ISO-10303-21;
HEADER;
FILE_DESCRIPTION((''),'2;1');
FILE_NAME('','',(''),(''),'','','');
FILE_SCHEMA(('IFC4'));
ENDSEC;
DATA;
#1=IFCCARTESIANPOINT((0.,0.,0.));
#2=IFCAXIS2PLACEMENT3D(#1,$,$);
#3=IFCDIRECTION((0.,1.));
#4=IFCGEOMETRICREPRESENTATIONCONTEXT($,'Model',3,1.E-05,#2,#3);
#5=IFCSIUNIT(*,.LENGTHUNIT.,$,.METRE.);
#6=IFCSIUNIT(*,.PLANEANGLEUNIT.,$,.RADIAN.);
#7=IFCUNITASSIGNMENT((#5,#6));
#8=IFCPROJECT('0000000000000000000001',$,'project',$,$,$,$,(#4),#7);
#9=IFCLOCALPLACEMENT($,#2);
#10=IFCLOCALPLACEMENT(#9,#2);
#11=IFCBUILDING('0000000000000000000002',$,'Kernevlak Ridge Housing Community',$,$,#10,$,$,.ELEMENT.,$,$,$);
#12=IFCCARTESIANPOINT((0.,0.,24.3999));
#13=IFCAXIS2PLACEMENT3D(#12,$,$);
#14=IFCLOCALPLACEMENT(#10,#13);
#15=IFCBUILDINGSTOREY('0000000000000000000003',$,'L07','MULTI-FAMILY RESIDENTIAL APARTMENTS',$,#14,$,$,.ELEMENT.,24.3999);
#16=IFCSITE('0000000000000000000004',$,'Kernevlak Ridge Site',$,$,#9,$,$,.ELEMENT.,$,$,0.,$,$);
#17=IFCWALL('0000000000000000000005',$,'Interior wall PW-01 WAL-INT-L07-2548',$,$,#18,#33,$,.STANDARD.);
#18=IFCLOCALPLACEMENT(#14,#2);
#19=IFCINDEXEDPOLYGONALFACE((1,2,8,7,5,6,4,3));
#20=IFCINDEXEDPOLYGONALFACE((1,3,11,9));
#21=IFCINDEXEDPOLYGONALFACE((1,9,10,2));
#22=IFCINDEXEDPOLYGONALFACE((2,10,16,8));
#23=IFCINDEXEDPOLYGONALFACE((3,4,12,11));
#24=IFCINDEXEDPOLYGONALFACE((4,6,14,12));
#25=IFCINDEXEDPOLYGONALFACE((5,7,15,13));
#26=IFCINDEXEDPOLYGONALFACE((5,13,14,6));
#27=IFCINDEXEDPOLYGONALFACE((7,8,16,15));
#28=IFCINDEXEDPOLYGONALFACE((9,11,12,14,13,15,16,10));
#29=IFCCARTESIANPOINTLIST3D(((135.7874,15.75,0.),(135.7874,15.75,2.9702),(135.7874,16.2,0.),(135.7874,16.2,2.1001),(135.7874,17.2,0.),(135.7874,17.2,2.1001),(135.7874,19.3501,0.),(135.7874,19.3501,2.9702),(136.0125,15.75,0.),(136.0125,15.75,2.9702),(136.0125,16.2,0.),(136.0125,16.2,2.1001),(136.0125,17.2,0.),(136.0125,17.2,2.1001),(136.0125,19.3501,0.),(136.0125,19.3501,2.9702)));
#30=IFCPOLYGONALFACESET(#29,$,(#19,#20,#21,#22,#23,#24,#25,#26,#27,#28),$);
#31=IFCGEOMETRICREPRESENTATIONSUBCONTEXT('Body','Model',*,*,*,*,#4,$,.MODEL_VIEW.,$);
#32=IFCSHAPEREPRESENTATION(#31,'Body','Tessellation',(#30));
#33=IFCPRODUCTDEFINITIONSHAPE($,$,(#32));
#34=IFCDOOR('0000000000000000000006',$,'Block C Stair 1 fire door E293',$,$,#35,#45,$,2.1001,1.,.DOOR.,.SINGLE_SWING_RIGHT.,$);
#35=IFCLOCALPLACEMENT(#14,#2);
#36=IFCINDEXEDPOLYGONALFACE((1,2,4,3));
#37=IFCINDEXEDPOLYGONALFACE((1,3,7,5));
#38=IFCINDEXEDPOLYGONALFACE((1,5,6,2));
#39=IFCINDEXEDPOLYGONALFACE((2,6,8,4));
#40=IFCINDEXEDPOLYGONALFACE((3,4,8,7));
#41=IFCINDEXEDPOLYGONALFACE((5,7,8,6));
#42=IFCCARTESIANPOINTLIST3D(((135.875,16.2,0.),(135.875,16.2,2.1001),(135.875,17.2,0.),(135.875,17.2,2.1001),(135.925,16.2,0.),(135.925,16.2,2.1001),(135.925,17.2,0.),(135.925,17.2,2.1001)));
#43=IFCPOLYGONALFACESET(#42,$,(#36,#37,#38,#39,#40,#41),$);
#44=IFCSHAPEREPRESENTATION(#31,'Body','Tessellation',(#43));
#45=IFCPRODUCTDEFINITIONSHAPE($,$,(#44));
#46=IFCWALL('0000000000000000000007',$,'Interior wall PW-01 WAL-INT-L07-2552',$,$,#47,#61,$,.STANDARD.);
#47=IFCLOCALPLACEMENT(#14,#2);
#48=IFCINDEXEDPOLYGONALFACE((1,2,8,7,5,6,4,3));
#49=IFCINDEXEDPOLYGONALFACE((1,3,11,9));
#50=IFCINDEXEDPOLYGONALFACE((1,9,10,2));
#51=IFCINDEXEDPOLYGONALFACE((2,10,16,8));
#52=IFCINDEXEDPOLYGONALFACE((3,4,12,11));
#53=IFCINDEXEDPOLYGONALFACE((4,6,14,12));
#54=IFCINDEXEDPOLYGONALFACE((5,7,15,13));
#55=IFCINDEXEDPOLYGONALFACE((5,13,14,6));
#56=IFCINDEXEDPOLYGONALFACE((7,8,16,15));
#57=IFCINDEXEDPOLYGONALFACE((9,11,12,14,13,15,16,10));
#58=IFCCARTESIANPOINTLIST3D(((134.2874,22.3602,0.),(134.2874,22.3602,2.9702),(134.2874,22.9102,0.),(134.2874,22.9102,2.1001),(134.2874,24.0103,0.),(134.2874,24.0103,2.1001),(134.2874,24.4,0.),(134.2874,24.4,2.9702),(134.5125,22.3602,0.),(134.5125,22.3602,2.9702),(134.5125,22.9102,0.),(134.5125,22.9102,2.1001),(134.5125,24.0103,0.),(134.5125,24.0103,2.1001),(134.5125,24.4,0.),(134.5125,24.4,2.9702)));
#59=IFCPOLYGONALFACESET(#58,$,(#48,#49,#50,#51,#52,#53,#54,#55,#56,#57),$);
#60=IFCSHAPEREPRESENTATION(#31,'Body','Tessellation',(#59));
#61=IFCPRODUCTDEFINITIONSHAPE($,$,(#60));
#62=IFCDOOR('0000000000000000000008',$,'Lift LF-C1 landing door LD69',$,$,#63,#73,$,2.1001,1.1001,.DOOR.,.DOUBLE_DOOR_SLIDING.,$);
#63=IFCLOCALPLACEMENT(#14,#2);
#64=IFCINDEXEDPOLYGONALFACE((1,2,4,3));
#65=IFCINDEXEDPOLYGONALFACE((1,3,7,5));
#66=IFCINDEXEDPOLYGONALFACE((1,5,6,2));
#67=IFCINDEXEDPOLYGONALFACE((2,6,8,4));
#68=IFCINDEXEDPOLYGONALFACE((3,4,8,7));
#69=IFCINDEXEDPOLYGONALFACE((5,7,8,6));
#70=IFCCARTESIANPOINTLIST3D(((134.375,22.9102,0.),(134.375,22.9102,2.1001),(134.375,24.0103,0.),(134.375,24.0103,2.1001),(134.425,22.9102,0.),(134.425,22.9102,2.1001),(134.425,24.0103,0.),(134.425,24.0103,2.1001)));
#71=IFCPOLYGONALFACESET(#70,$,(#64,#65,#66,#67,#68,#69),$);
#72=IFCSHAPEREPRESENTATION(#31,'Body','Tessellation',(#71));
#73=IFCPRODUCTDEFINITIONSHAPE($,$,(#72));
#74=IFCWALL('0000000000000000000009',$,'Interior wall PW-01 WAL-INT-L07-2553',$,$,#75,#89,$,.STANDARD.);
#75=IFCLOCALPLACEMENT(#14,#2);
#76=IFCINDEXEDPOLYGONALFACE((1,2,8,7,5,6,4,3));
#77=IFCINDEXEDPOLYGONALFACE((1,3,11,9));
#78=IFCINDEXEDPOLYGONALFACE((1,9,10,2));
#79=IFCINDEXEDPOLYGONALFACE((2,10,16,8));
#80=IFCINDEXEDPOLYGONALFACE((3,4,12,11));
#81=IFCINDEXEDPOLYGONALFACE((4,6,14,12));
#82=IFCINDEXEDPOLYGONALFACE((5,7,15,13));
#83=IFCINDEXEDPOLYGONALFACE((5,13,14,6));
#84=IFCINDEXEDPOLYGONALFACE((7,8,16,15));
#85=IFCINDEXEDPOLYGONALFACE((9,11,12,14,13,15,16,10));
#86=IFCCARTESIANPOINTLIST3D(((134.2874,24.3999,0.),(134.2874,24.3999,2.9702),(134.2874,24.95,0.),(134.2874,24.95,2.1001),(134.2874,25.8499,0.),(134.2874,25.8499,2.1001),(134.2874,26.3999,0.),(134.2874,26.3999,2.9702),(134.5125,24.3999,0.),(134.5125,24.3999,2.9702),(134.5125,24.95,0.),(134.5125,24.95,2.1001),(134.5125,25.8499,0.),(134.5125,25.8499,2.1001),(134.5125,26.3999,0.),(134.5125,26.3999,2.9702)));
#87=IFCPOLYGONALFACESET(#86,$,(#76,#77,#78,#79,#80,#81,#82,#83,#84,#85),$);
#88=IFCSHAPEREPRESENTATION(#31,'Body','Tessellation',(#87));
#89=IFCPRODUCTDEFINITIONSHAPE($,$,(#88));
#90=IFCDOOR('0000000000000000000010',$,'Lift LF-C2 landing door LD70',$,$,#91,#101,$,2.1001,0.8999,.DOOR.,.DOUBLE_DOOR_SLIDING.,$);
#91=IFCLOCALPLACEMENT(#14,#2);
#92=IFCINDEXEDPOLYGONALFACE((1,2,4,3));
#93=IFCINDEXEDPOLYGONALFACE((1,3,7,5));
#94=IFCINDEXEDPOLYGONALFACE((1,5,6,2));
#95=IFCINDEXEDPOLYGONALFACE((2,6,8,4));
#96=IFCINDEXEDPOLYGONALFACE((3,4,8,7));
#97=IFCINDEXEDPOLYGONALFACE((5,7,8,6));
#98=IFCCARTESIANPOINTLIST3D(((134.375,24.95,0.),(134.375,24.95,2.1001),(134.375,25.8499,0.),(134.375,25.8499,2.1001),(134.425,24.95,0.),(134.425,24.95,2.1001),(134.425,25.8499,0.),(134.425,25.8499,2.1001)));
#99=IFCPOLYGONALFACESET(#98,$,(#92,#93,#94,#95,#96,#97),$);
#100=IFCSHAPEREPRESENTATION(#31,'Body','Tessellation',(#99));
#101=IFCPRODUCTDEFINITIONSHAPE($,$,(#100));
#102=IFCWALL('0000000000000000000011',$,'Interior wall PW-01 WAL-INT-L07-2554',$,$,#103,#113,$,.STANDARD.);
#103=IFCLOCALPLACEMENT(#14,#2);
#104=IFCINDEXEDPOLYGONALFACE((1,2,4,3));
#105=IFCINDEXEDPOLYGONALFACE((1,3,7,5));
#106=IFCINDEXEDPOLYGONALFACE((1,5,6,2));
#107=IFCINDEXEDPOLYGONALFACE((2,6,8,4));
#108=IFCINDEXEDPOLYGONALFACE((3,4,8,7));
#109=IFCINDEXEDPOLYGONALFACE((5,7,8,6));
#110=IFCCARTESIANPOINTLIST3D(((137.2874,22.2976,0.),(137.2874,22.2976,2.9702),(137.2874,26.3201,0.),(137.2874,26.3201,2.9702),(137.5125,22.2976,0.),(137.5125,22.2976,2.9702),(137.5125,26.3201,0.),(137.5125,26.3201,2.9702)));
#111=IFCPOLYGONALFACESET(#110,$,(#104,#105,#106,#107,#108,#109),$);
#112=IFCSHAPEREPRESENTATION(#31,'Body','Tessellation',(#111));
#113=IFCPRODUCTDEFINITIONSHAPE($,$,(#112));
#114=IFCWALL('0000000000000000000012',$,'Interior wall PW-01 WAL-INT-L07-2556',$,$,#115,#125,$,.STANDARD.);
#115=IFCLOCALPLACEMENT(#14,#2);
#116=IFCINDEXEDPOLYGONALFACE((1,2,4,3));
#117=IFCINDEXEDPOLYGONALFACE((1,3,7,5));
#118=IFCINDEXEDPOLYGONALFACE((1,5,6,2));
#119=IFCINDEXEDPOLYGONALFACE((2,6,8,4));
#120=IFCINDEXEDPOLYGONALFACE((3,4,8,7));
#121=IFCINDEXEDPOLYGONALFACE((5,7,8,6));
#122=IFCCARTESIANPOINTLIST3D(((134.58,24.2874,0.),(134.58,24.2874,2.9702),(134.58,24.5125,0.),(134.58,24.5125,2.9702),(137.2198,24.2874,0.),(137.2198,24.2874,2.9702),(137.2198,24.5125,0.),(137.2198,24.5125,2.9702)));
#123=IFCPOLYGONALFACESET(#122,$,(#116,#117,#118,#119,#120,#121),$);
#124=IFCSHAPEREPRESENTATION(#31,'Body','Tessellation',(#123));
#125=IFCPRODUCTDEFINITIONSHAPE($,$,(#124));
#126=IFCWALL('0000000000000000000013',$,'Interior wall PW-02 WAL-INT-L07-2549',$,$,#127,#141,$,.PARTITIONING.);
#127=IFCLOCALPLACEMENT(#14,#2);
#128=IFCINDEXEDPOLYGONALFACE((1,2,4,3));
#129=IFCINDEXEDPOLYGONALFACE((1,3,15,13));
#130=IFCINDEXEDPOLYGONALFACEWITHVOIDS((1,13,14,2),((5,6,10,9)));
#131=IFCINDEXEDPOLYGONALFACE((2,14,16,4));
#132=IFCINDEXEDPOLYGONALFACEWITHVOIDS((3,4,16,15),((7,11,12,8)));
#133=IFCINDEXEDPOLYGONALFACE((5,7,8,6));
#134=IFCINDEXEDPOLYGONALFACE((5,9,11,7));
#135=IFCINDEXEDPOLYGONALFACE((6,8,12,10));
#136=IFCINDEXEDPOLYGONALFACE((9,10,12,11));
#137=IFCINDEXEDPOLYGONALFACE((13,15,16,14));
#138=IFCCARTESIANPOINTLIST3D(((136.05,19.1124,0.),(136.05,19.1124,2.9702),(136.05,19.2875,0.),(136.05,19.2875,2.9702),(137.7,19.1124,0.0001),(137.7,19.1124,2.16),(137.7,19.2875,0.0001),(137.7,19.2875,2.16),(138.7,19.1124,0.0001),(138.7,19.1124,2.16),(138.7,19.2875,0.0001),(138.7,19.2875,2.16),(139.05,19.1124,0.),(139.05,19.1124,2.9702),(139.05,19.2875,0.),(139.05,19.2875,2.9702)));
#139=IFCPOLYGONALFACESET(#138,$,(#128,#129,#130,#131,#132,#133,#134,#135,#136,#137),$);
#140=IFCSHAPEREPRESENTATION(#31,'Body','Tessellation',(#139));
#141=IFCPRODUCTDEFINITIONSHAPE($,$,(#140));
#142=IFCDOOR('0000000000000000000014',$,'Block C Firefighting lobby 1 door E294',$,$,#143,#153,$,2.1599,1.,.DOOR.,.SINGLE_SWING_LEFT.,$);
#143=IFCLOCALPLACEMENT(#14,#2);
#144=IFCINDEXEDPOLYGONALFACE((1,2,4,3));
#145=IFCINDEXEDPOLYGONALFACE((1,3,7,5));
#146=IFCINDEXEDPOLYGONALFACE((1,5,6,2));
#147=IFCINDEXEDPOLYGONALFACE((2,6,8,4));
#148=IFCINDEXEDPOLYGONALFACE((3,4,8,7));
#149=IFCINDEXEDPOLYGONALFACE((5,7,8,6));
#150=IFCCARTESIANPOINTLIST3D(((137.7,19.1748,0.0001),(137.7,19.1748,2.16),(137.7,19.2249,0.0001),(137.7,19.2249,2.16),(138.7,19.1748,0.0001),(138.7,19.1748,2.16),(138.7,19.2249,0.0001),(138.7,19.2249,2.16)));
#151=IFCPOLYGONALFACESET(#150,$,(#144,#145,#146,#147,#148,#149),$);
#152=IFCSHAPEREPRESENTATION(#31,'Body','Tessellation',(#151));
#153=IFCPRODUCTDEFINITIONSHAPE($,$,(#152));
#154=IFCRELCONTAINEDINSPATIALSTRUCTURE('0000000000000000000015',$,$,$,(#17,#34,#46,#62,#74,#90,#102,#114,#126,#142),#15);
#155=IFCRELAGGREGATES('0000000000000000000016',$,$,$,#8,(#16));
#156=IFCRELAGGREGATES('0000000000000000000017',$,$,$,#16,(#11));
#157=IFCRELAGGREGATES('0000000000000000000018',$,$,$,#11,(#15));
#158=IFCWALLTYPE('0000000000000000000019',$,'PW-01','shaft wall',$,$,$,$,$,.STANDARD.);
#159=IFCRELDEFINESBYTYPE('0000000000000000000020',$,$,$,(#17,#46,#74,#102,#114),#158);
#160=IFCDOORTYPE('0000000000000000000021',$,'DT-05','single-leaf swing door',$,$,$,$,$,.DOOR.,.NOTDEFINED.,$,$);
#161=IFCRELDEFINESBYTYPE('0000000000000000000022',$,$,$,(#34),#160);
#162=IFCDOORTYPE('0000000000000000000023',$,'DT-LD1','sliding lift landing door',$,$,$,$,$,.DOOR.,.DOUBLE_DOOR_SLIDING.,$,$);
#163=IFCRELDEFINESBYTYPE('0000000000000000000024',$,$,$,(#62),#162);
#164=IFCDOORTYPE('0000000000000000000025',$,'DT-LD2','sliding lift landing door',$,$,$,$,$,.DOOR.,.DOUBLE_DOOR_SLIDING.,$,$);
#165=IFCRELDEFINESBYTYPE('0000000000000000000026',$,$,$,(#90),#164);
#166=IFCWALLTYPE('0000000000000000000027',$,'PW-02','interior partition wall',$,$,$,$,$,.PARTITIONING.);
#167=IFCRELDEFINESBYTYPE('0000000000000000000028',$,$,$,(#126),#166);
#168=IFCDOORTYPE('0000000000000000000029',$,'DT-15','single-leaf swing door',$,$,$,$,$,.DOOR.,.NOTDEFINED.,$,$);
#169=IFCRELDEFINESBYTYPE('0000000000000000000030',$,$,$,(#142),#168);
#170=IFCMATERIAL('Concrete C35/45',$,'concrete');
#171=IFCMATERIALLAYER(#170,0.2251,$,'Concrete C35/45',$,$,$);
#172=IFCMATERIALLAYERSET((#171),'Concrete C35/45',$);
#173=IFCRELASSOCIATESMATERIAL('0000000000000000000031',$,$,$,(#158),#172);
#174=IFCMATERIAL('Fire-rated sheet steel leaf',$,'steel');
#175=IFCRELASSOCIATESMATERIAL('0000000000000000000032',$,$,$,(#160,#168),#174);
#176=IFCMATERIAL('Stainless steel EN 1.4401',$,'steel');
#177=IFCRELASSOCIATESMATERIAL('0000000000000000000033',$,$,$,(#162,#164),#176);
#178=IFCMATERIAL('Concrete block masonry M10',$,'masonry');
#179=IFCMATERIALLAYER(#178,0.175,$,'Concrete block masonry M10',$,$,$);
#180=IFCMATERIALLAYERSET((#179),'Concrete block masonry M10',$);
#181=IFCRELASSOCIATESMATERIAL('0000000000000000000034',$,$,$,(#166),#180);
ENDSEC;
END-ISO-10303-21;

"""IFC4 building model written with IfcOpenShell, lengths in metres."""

from ifc_helpers import new_model, si_unit, direction, frame, frame_2d, origin, place, context, subcontext, project, spatial, rectangle, extrude, material, layer, layer_set, type_object, element, fill, save


model = new_model("IFC4")

# Units and contexts
model_context = context("Model", 3, precision=1e-05, world=origin(), true_north=direction((0.0, 1.0)))
body_context = subcontext(model_context, "Body", "Model", "MODEL_VIEW")
ifc_project = project(units=[si_unit("LENGTHUNIT", "METRE"), si_unit("PLANEANGLEUNIT", "RADIAN")], contexts=[model_context])

# Site, building, storey
site_placement = place(None, origin())
site = spatial("IfcSite", under=ifc_project, at=site_placement, Name="Kernevlak Ridge Site", CompositionType="ELEMENT", RefElevation=0.0)
building_placement = place(site_placement, origin())
building = spatial("IfcBuilding", under=site, at=building_placement, Name="Kernevlak Ridge Housing Community", CompositionType="ELEMENT")
storey_placement = place(building_placement, frame((0.0, 0.0, 24.3999)))
storey = spatial("IfcBuildingStorey", under=building, at=storey_placement, Name="L07", Description="MULTI-FAMILY RESIDENTIAL APARTMENTS", CompositionType="ELEMENT", Elevation=24.3999)

# Shared definitions
ifc_material_1 = material(Name="Concrete C35/45", Category="concrete")

# Walls, openings, doors
ifc_layer_1 = layer(ifc_material_1, 0.2251, Name="Concrete C35/45")
ifc_layer_set_1 = layer_set([ifc_layer_1], Name="Concrete C35/45")
wall_type_1 = type_object("IfcWallType", Name="PW-01", Description="shaft wall", PredefinedType="STANDARD", material=ifc_layer_set_1)
wall_1_placement = place(storey_placement, frame((135.8999, 15.75, 0.0), z_axis=(0.0, 0.0, 1.0), x_axis=(0.0, 1.0, 0.0)))
wall_1 = element("IfcWall", 1, at=wall_1_placement, inside=storey, type_object=wall_type_1, Name="Interior wall PW-01 WAL-INT-L07-2548", PredefinedType="STANDARD", context=body_context, shape_type="SweptSolid", body=[
    extrude(rectangle(XDim=3.6001, YDim=0.2251, at=frame_2d((1.8, 0.0))), origin(), (0.0, 0.0, 1.0), 2.9702),
])
opening_1_placement = place(wall_1_placement, frame((0.45, 0.0, 0.0)))
opening_1 = element("IfcOpeningElement", 2, at=opening_1_placement, cuts=wall_1, PredefinedType="OPENING", context=body_context, shape_type="SweptSolid", body=[
    extrude(rectangle(XDim=1.0, YDim=2.1001, at=frame_2d((0.5, 1.05))), frame((0.0, 0.1226, 0.0), z_axis=(0.0, -1.0, 0.0), x_axis=(1.0, 0.0, 0.0)), (0.0, 0.0, 1.0), 0.2451),
])
ifc_material_2 = material(Name="Fire-rated sheet steel leaf", Category="steel")
door_type_1 = type_object("IfcDoorType", Name="DT-05", Description="single-leaf swing door", OperationType="NOTDEFINED", PredefinedType="DOOR", material=ifc_material_2)
door_1_placement = place(opening_1_placement, origin())
door_1 = element("IfcDoor", 3, at=door_1_placement, inside=storey, type_object=door_type_1, Name="Block C Stair 1 fire door E293", OperationType="SINGLE_SWING_RIGHT", OverallHeight=2.1001, OverallWidth=1.0, PredefinedType="DOOR", context=body_context, shape_type="SweptSolid", body=[
    extrude(rectangle(XDim=1.0, YDim=2.1001, at=frame_2d((0.5, 1.05))), frame((0.0, 0.0249, 0.0), z_axis=(0.0, -1.0, 0.0), x_axis=(1.0, 0.0, 0.0)), (0.0, 0.0, 1.0), 0.05),
])
fill(opening_1, door_1)
wall_2_placement = place(storey_placement, frame((134.3999, 22.3601, 0.0), z_axis=(0.0, 0.0, 1.0), x_axis=(0.0, 1.0, 0.0)))
wall_2 = element("IfcWall", 4, at=wall_2_placement, inside=storey, type_object=wall_type_1, Name="Interior wall PW-01 WAL-INT-L07-2552", PredefinedType="STANDARD", context=body_context, shape_type="SweptSolid", body=[
    extrude(rectangle(XDim=2.0398, YDim=0.2251, at=frame_2d((1.02, 0.0))), origin(), (0.0, 0.0, 1.0), 2.9702),
])
opening_2_placement = place(wall_2_placement, frame((0.55, 0.0, 0.0)))
opening_2 = element("IfcOpeningElement", 5, at=opening_2_placement, cuts=wall_2, PredefinedType="OPENING", context=body_context, shape_type="SweptSolid", body=[
    extrude(rectangle(XDim=1.1001, YDim=2.1001, at=frame_2d((0.55, 1.05))), frame((0.0, 0.1226, 0.0), z_axis=(0.0, -1.0, 0.0), x_axis=(1.0, 0.0, 0.0)), (0.0, 0.0, 1.0), 0.2451),
])
ifc_material_3 = material(Name="Stainless steel EN 1.4401", Category="steel")
door_type_2 = type_object("IfcDoorType", Name="DT-LD1", Description="sliding lift landing door", OperationType="DOUBLE_DOOR_SLIDING", PredefinedType="DOOR", material=ifc_material_3)
door_2_placement = place(opening_2_placement, origin())
door_2 = element("IfcDoor", 6, at=door_2_placement, inside=storey, type_object=door_type_2, Name="Lift LF-C1 landing door LD69", OperationType="DOUBLE_DOOR_SLIDING", OverallHeight=2.1001, OverallWidth=1.1001, PredefinedType="DOOR", context=body_context, shape_type="SweptSolid", body=[
    extrude(rectangle(XDim=1.1001, YDim=2.1001, at=frame_2d((0.55, 1.05))), frame((0.0, 0.0249, 0.0), z_axis=(0.0, -1.0, 0.0), x_axis=(1.0, 0.0, 0.0)), (0.0, 0.0, 1.0), 0.05),
])
fill(opening_2, door_2)
wall_3_placement = place(storey_placement, frame((134.3999, 24.3999, 0.0), z_axis=(0.0, 0.0, 1.0), x_axis=(0.0, 1.0, 0.0)))
wall_3 = element("IfcWall", 7, at=wall_3_placement, inside=storey, type_object=wall_type_1, Name="Interior wall PW-01 WAL-INT-L07-2553", PredefinedType="STANDARD", context=body_context, shape_type="SweptSolid", body=[
    extrude(rectangle(XDim=2.0, YDim=0.2251, at=frame_2d((1.0, 0.0))), origin(), (0.0, 0.0, 1.0), 2.9702),
])
opening_3_placement = place(wall_3_placement, frame((0.55, 0.0, 0.0)))
opening_3 = element("IfcOpeningElement", 8, at=opening_3_placement, cuts=wall_3, PredefinedType="OPENING", context=body_context, shape_type="SweptSolid", body=[
    extrude(rectangle(XDim=0.8999, YDim=2.1001, at=frame_2d((0.45, 1.05))), frame((0.0, 0.1226, 0.0), z_axis=(0.0, -1.0, 0.0), x_axis=(1.0, 0.0, 0.0)), (0.0, 0.0, 1.0), 0.2451),
])
door_type_3 = type_object("IfcDoorType", Name="DT-LD2", Description="sliding lift landing door", OperationType="DOUBLE_DOOR_SLIDING", PredefinedType="DOOR", material=ifc_material_3)
door_3_placement = place(opening_3_placement, origin())
door_3 = element("IfcDoor", 9, at=door_3_placement, inside=storey, type_object=door_type_3, Name="Lift LF-C2 landing door LD70", OperationType="DOUBLE_DOOR_SLIDING", OverallHeight=2.1001, OverallWidth=0.8999, PredefinedType="DOOR", context=body_context, shape_type="SweptSolid", body=[
    extrude(rectangle(XDim=0.8999, YDim=2.1001, at=frame_2d((0.45, 1.05))), frame((0.0, 0.0249, 0.0), z_axis=(0.0, -1.0, 0.0), x_axis=(1.0, 0.0, 0.0)), (0.0, 0.0, 1.0), 0.05),
])
fill(opening_3, door_3)

# Walls
wall_4_placement = place(storey_placement, frame((137.3999, 22.2976, 0.0), z_axis=(0.0, 0.0, 1.0), x_axis=(0.0, 1.0, 0.0)))
element("IfcWall", 10, at=wall_4_placement, inside=storey, type_object=wall_type_1, Name="Interior wall PW-01 WAL-INT-L07-2554", PredefinedType="STANDARD", context=body_context, shape_type="SweptSolid", body=[
    extrude(rectangle(XDim=4.0225, YDim=0.2251, at=frame_2d((2.0112, 0.0))), origin(), (0.0, 0.0, 1.0), 2.9702),
])
wall_5_placement = place(storey_placement, frame((134.5801, 24.3999, 0.0), z_axis=(0.0, 0.0, 1.0), x_axis=(1.0, 0.0, 0.0)))
element("IfcWall", 11, at=wall_5_placement, inside=storey, type_object=wall_type_1, Name="Interior wall PW-01 WAL-INT-L07-2556", PredefinedType="STANDARD", context=body_context, shape_type="SweptSolid", body=[
    extrude(rectangle(XDim=2.6399, YDim=0.2251, at=frame_2d((1.3198, 0.0))), origin(), (0.0, 0.0, 1.0), 2.9702),
])

# Wall, opening, door
ifc_material_4 = material(Name="Concrete block masonry M10", Category="masonry")
ifc_layer_2 = layer(ifc_material_4, 0.175, Name="Concrete block masonry M10")
ifc_layer_set_2 = layer_set([ifc_layer_2], Name="Concrete block masonry M10")
wall_type_2 = type_object("IfcWallType", Name="PW-02", Description="interior partition wall", PredefinedType="PARTITIONING", material=ifc_layer_set_2)
wall_6_placement = place(storey_placement, frame((136.05, 19.2, 0.0), z_axis=(0.0, 0.0, 1.0), x_axis=(1.0, 0.0, 0.0)))
wall_6 = element("IfcWall", 12, at=wall_6_placement, inside=storey, type_object=wall_type_2, Name="Interior wall PW-02 WAL-INT-L07-2549", PredefinedType="PARTITIONING", context=body_context, shape_type="SweptSolid", body=[
    extrude(rectangle(XDim=3.0, YDim=0.175, at=frame_2d((1.5, 0.0))), origin(), (0.0, 0.0, 1.0), 2.9702),
])
opening_4_placement = place(wall_6_placement, frame((1.6499, 0.0, 0.0)))
opening_4 = element("IfcOpeningElement", 13, at=opening_4_placement, cuts=wall_6, PredefinedType="OPENING", context=body_context, shape_type="SweptSolid", body=[
    extrude(rectangle(XDim=1.0, YDim=2.1599, at=frame_2d((0.5, 1.0801))), frame((0.0, 0.0974, 0.0), z_axis=(0.0, -1.0, 0.0), x_axis=(1.0, 0.0, 0.0)), (0.0, 0.0, 1.0), 0.1951),
])
door_type_4 = type_object("IfcDoorType", Name="DT-15", Description="single-leaf swing door", OperationType="NOTDEFINED", PredefinedType="DOOR", material=ifc_material_2)
door_4_placement = place(opening_4_placement, origin())
door_4 = element("IfcDoor", 14, at=door_4_placement, inside=storey, type_object=door_type_4, Name="Block C Firefighting lobby 1 door E294", OperationType="SINGLE_SWING_LEFT", OverallHeight=2.1599, OverallWidth=1.0, PredefinedType="DOOR", context=body_context, shape_type="SweptSolid", body=[
    extrude(rectangle(XDim=1.0, YDim=2.1599, at=frame_2d((0.5, 1.0801))), frame((0.0, 0.0249, 0.0), z_axis=(0.0, -1.0, 0.0), x_axis=(1.0, 0.0, 0.0)), (0.0, 0.0, 1.0), 0.05),
])
fill(opening_4, door_4)

save(model, "model.ifc")
